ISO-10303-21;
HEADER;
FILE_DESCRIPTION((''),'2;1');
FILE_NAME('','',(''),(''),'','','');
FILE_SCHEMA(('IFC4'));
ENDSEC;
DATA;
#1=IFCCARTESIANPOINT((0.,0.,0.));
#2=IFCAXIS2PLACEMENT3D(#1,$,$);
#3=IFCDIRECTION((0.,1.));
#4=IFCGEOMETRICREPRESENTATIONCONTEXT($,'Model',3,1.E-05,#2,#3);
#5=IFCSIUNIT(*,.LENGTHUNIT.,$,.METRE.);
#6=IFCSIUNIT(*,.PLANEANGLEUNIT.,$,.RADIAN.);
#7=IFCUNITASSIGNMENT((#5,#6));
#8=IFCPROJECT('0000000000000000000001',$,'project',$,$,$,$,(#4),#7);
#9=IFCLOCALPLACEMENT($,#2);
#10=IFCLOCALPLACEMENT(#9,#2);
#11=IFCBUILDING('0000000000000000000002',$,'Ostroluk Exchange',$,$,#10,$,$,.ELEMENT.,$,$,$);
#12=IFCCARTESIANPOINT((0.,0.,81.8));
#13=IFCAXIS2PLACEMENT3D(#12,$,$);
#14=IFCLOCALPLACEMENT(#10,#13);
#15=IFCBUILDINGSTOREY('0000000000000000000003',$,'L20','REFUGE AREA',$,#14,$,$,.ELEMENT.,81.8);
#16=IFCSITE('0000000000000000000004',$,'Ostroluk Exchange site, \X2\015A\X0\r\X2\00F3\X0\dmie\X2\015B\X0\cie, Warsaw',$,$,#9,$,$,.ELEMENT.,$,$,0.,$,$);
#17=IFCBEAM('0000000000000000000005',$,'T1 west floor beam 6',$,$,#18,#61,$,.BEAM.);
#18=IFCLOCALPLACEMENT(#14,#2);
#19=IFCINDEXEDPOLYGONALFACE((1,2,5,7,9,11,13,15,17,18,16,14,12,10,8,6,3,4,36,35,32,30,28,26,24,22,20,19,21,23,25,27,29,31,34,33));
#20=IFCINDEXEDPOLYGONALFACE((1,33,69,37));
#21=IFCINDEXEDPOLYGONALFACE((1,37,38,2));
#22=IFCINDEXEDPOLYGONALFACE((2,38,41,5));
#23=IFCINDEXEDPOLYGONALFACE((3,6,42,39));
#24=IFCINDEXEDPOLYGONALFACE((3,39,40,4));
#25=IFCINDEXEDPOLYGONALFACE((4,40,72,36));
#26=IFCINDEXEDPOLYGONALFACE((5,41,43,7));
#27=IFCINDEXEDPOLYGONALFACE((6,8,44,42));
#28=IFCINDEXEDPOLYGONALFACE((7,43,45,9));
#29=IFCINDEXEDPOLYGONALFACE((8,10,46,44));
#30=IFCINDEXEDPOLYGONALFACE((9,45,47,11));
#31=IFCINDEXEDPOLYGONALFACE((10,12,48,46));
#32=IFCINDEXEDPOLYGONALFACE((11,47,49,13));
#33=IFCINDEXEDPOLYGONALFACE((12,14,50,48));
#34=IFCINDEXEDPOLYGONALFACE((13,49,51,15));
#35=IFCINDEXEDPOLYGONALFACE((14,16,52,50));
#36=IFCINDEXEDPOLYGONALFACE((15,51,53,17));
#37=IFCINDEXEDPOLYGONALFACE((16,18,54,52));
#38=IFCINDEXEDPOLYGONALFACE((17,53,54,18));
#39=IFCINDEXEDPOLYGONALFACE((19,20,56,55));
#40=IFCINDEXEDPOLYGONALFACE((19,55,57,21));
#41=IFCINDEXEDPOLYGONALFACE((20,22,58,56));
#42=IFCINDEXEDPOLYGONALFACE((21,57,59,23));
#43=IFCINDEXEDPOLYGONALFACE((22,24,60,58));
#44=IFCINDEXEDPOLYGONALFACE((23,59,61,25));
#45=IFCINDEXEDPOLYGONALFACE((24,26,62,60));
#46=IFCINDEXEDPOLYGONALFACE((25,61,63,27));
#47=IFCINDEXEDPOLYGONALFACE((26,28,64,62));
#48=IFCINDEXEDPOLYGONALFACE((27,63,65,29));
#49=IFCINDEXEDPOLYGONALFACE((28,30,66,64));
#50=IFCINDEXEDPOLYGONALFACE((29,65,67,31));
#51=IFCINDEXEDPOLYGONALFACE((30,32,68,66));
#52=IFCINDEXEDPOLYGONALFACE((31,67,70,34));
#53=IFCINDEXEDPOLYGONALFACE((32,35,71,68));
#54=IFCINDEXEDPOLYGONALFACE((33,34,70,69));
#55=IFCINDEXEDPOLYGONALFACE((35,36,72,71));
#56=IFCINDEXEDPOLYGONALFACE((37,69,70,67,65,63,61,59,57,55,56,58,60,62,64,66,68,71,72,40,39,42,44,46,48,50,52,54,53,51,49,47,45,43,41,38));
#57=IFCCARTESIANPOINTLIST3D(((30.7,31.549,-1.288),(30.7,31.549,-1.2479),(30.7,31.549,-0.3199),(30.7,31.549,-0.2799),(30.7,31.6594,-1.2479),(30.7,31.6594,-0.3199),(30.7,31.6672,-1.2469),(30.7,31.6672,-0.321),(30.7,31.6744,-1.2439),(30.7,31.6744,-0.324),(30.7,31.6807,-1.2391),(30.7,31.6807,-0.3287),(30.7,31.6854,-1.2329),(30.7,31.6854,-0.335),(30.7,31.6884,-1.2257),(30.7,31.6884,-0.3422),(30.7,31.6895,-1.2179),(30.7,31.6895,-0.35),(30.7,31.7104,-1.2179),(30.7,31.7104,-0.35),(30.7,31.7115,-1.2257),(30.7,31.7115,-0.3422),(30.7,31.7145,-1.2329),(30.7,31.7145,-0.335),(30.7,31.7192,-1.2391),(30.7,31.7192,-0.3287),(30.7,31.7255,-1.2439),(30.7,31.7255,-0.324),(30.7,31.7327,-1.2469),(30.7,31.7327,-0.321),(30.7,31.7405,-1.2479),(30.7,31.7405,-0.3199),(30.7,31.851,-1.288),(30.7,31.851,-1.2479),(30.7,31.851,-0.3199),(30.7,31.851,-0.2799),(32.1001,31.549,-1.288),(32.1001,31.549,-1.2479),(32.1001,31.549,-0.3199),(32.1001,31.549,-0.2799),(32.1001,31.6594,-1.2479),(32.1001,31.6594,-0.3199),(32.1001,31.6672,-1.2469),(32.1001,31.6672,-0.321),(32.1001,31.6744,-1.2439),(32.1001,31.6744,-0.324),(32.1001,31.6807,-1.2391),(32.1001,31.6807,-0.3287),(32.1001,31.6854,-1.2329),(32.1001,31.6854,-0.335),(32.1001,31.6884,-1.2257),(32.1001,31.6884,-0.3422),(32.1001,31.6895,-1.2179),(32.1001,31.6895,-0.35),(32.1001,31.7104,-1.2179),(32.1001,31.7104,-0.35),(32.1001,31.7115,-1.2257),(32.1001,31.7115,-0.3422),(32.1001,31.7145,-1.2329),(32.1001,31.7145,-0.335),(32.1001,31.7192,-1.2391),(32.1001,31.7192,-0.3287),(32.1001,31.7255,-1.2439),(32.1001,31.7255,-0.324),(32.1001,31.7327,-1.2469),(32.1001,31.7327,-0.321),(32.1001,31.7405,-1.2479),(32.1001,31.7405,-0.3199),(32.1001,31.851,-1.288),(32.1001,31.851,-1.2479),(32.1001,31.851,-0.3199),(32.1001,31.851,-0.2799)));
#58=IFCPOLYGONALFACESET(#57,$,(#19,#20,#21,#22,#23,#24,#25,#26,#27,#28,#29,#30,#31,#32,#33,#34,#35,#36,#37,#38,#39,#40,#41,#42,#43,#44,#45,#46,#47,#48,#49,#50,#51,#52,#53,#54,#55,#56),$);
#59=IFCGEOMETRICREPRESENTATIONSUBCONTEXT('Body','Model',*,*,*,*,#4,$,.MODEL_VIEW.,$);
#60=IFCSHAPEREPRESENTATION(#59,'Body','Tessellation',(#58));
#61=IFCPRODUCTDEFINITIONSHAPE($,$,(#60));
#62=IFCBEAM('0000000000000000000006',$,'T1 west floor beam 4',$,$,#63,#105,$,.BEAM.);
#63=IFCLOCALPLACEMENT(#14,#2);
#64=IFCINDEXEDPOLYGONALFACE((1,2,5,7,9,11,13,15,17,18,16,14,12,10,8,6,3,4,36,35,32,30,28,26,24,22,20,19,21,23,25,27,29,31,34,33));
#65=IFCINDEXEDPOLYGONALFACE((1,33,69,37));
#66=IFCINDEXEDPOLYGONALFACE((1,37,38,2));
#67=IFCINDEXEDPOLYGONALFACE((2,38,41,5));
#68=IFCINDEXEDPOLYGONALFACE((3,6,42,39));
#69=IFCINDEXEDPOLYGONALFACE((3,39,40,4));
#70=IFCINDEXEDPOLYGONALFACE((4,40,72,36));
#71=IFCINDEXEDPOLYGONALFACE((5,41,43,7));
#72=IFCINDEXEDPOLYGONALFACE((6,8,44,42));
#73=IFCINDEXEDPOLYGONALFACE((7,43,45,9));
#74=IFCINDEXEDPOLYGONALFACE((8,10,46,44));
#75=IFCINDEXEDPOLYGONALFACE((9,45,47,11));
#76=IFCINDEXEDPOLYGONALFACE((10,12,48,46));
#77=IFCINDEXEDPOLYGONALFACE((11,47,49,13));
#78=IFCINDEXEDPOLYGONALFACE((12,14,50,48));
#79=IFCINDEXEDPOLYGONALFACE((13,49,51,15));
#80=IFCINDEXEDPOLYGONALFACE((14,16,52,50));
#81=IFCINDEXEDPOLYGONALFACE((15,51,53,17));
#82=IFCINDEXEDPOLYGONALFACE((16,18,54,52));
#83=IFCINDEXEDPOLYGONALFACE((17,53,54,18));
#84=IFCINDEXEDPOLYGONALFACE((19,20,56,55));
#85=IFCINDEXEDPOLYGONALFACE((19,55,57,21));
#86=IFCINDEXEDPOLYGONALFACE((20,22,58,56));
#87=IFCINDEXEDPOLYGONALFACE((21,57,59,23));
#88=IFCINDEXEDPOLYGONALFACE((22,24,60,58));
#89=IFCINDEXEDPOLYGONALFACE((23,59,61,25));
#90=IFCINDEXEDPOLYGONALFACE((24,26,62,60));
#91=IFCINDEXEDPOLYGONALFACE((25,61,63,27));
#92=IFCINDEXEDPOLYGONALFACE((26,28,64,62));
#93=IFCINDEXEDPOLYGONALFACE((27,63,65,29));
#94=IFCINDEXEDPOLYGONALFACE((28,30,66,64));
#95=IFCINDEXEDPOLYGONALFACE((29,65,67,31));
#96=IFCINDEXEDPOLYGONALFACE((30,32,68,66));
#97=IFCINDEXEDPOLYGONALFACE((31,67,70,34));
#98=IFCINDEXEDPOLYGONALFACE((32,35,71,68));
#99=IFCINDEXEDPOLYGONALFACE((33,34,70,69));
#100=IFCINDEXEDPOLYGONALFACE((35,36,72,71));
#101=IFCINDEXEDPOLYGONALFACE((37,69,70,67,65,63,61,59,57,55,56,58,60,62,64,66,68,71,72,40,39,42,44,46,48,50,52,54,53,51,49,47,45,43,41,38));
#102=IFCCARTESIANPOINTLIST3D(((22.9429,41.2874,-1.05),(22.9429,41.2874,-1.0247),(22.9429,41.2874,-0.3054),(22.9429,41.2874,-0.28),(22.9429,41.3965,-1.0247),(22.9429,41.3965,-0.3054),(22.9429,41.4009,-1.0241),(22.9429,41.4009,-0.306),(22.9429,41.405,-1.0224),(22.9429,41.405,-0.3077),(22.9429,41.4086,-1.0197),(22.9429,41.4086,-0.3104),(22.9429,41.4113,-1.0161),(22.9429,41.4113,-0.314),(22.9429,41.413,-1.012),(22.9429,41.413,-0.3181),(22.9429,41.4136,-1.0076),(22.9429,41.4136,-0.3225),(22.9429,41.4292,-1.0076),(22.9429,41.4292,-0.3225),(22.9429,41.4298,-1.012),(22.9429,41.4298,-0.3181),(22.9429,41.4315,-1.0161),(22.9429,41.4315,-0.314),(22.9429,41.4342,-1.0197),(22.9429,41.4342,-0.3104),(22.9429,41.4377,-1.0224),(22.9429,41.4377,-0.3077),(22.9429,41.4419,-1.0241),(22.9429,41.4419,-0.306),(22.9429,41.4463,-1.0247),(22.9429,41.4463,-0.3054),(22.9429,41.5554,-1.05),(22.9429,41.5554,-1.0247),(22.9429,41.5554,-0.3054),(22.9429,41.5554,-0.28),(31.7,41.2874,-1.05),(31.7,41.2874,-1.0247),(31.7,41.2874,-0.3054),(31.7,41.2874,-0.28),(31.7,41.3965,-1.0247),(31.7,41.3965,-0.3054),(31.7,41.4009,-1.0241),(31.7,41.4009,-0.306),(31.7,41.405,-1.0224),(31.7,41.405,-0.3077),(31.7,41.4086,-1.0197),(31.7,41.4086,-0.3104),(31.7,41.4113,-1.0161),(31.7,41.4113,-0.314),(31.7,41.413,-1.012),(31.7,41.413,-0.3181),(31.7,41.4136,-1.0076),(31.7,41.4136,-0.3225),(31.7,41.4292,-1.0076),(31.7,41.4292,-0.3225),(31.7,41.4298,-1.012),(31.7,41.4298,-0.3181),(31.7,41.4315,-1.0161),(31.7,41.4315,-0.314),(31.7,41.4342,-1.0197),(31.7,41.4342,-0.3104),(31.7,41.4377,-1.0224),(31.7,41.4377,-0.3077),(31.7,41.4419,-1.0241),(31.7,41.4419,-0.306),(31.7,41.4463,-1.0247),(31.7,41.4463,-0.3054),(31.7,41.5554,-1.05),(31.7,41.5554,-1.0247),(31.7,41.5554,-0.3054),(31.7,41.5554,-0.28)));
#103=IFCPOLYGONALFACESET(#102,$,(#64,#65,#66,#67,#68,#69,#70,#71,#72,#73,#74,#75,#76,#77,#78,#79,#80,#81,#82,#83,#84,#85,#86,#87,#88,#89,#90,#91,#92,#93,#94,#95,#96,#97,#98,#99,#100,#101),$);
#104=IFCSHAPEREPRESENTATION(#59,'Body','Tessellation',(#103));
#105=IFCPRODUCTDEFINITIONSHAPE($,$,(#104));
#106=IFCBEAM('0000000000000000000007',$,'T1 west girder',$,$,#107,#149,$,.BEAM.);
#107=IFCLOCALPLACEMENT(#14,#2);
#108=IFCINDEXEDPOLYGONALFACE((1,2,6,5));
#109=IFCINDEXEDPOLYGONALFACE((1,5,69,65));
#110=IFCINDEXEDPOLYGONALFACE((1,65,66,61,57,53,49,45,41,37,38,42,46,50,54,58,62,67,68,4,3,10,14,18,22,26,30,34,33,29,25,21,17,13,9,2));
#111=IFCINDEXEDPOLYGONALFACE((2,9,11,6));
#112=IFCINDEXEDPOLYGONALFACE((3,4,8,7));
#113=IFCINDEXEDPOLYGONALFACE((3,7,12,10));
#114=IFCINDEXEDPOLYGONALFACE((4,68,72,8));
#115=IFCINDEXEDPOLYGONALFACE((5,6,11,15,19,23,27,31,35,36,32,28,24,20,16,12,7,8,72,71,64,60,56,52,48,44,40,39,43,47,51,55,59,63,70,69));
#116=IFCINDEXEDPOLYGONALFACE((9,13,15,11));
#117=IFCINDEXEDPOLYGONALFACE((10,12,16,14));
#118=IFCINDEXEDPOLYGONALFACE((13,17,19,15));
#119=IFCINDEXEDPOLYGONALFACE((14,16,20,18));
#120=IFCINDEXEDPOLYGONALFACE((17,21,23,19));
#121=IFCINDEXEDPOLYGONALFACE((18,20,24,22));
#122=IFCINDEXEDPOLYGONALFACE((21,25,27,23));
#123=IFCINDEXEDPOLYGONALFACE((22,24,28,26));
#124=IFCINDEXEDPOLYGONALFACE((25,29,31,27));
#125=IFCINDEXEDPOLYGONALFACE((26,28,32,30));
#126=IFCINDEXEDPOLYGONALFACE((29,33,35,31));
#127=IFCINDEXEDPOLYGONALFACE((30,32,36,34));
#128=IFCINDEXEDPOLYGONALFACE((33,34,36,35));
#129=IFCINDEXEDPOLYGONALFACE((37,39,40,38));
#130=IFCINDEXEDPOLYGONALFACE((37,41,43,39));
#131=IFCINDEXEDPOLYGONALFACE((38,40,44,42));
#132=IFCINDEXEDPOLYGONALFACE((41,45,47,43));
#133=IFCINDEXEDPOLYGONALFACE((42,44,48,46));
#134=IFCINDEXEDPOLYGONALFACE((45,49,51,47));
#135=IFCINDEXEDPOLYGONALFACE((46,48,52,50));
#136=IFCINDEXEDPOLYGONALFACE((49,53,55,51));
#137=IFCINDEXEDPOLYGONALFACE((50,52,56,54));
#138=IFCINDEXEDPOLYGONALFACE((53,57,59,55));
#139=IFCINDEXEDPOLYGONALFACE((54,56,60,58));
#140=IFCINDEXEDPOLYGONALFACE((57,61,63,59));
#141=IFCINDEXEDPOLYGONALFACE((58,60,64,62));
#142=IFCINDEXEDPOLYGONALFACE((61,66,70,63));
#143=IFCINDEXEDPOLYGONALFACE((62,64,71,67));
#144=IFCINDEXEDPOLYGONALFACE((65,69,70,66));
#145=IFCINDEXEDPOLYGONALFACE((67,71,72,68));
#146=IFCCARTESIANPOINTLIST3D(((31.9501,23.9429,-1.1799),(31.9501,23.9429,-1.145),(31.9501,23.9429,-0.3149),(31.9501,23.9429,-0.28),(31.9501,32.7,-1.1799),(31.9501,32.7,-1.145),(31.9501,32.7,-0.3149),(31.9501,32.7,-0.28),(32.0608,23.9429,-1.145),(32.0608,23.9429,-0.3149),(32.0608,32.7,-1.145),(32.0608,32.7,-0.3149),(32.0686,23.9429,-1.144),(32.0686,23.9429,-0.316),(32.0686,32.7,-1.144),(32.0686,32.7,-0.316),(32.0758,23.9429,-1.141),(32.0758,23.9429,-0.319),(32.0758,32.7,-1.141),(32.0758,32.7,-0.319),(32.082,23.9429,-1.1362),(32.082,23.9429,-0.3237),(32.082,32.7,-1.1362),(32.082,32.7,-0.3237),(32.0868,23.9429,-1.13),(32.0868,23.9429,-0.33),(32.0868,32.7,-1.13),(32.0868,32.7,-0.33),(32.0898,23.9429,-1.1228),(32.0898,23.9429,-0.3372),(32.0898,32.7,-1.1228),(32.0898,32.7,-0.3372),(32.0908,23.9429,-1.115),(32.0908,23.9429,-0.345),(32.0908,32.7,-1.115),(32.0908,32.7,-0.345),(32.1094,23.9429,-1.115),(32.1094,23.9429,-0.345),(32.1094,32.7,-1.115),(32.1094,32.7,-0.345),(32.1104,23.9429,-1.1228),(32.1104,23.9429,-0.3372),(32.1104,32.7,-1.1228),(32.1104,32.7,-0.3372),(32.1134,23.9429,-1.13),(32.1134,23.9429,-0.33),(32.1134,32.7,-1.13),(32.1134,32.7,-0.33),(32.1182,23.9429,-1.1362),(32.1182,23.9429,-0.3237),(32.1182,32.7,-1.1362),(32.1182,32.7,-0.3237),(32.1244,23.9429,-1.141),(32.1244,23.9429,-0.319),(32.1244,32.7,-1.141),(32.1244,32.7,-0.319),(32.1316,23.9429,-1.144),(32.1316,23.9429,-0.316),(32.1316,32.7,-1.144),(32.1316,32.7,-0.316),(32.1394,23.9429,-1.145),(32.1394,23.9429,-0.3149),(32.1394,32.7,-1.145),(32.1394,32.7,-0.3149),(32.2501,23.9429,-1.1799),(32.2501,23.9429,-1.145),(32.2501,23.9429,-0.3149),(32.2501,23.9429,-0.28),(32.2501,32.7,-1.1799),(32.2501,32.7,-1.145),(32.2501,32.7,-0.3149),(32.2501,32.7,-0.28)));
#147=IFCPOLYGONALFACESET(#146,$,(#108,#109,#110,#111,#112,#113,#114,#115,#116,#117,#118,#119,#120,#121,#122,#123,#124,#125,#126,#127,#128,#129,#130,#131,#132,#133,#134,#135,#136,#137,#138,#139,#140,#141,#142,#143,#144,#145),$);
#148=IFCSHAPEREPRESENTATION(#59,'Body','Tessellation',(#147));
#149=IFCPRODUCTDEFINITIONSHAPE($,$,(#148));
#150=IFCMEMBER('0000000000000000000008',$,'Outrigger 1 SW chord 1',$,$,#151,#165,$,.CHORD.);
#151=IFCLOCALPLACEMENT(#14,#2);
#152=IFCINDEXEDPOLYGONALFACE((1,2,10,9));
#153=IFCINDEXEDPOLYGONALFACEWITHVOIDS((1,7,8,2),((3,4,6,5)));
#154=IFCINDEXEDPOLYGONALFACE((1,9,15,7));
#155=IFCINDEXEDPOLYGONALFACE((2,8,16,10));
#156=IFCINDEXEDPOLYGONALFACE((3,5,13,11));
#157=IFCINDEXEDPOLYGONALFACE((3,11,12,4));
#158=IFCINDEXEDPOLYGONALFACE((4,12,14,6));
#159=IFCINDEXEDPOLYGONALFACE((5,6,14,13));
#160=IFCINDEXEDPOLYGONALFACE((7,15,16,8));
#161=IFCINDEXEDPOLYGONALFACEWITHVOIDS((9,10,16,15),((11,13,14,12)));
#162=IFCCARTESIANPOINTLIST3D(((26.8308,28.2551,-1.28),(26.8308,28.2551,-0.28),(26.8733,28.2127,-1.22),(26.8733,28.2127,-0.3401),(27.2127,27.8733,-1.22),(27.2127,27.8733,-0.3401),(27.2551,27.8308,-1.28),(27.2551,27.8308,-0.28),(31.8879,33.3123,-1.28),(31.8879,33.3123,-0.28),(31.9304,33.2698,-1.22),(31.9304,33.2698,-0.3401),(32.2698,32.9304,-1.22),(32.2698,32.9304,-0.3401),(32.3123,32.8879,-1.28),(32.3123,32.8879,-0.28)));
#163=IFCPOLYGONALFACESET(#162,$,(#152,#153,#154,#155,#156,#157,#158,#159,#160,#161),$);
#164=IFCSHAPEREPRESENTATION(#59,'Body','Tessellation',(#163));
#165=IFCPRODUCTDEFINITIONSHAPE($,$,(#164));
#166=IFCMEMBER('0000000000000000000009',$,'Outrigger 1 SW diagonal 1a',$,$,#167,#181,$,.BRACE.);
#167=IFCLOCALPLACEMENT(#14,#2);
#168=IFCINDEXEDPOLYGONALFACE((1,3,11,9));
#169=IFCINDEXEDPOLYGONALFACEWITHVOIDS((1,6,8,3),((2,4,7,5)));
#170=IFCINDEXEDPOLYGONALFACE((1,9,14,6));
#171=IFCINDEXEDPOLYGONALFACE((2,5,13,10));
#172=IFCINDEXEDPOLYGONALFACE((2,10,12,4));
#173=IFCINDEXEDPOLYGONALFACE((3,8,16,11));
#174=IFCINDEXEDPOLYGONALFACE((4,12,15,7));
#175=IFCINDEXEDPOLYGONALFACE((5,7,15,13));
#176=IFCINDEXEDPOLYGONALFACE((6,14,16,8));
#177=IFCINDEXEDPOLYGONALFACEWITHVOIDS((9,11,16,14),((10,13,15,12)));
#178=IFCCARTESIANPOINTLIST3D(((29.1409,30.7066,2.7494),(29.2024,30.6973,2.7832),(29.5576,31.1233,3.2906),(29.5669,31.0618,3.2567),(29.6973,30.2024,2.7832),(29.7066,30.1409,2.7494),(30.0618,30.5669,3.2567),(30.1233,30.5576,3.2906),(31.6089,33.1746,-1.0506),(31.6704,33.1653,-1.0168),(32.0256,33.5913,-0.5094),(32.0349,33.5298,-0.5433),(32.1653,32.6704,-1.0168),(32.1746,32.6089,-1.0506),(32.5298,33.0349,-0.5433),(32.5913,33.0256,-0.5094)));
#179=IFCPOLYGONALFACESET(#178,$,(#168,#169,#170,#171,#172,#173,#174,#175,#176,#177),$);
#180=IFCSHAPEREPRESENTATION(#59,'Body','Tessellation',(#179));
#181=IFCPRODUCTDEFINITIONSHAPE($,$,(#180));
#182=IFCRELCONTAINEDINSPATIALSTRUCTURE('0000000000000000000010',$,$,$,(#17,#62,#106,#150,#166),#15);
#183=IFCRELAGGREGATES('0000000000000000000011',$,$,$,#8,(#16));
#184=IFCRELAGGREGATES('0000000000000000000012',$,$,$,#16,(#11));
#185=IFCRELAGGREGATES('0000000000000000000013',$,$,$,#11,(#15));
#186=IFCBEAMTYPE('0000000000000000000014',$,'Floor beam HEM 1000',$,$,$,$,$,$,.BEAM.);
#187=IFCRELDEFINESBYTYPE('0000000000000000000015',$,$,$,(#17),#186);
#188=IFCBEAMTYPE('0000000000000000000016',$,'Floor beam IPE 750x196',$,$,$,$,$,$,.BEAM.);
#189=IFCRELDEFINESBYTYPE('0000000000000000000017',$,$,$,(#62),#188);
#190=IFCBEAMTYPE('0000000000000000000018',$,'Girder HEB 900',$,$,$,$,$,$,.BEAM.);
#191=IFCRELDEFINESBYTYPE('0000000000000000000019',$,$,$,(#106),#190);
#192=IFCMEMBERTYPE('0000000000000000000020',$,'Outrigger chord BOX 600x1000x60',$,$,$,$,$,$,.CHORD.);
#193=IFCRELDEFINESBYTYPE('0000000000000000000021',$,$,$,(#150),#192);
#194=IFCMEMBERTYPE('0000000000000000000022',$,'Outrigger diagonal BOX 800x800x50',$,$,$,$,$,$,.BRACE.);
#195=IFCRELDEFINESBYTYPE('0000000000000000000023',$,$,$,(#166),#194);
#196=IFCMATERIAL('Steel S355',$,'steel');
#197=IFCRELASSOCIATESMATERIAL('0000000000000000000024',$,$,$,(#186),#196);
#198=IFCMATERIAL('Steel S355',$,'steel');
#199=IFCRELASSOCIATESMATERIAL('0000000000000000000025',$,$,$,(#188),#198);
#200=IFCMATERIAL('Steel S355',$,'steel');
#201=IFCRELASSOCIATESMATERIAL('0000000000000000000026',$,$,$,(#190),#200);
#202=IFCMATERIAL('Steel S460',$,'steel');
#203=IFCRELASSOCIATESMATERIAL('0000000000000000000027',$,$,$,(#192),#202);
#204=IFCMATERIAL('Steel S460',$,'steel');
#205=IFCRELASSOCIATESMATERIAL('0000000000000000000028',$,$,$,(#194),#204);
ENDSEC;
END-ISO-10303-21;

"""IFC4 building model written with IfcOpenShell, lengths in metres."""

from ifc_helpers import new_model, si_unit, direction, frame, origin, origin_2d, place, context, subcontext, project, spatial, hollow_rectangle, i_section, extrude, material, material_profile, profile_set, type_object, element, save


model = new_model("IFC4")

# Units and contexts
model_context = context("Model", 3, precision=1e-05, world=origin(), true_north=direction((0.0, 1.0)))
body_context = subcontext(model_context, "Body", "Model", "MODEL_VIEW")
ifc_project = project(units=[si_unit("LENGTHUNIT", "METRE"), si_unit("PLANEANGLEUNIT", "RADIAN")], contexts=[model_context])

# Site, building, storey
site_placement = place(None, origin())
site = spatial("IfcSite", under=ifc_project, at=site_placement, Name="Ostroluk Exchange site, Śródmieście, Warsaw", CompositionType="ELEMENT", RefElevation=0.0)
building_placement = place(site_placement, origin())
building = spatial("IfcBuilding", under=site, at=building_placement, Name="Ostroluk Exchange", CompositionType="ELEMENT")
storey_placement = place(building_placement, frame((0.0, 0.0, 81.8)))
storey = spatial("IfcBuildingStorey", under=building, at=storey_placement, Name="L20", Description="REFUGE AREA", CompositionType="ELEMENT", Elevation=81.8)

# Beams
ifc_material_1 = material(Name="Steel S355", Category="steel")
ifc_material_profile_1 = material_profile(ifc_material_1, i_section(OverallWidth=0.302, OverallDepth=1.0081, WebThickness=0.021, FlangeThickness=0.04, FilletRadius=0.03, at=origin_2d()), Name="HEM 1000")
ifc_profile_set_1 = profile_set([ifc_material_profile_1], Name="Steel S355")
beam_type_1 = type_object("IfcBeamType", Name="Floor beam HEM 1000", PredefinedType="BEAM", material=ifc_profile_set_1)
beam_1_placement = place(storey_placement, frame((32.1001, 31.7, -0.7839), z_axis=(-1.0, 0.0, 0.0), x_axis=(0.0, -1.0, 0.0)))
element("IfcBeam", 1, at=beam_1_placement, inside=storey, type_object=beam_type_1, Name="T1 west floor beam 6", PredefinedType="BEAM", context=body_context, shape_type="SweptSolid", body=[
    extrude(i_section(OverallWidth=0.302, OverallDepth=1.0081, WebThickness=0.021, FlangeThickness=0.04, FilletRadius=0.03, at=origin_2d()), origin(), (0.0, 0.0, 1.0), 1.4001),
])
ifc_material_2 = material(Name="Steel S355", Category="steel")
ifc_material_profile_2 = material_profile(ifc_material_2, i_section(OverallWidth=0.2681, OverallDepth=0.77, WebThickness=0.0156, FlangeThickness=0.0254, FilletRadius=0.0171, at=origin_2d()), Name="IPE 750x196")
ifc_profile_set_2 = profile_set([ifc_material_profile_2], Name="Steel S355")
beam_type_2 = type_object("IfcBeamType", Name="Floor beam IPE 750x196", PredefinedType="BEAM", material=ifc_profile_set_2)
beam_2_placement = place(storey_placement, frame((31.7, 41.4214, -0.665), z_axis=(-1.0, 0.0, 0.0), x_axis=(0.0, -1.0, 0.0)))
element("IfcBeam", 2, at=beam_2_placement, inside=storey, type_object=beam_type_2, Name="T1 west floor beam 4", PredefinedType="BEAM", context=body_context, shape_type="SweptSolid", body=[
    extrude(i_section(OverallWidth=0.2681, OverallDepth=0.77, WebThickness=0.0156, FlangeThickness=0.0254, FilletRadius=0.0171, at=origin_2d()), origin(), (0.0, 0.0, 1.0), 8.7571),
])
ifc_material_3 = material(Name="Steel S355", Category="steel")
ifc_material_profile_3 = material_profile(ifc_material_3, i_section(OverallWidth=0.3, OverallDepth=0.8999, WebThickness=0.0186, FlangeThickness=0.0349, FilletRadius=0.03, at=origin_2d()), Name="HEB 900")
ifc_profile_set_3 = profile_set([ifc_material_profile_3], Name="Steel S355")
beam_type_3 = type_object("IfcBeamType", Name="Girder HEB 900", PredefinedType="BEAM", material=ifc_profile_set_3)
beam_3_placement = place(storey_placement, frame((32.1001, 32.7, -0.73), z_axis=(0.0, -1.0, 0.0), x_axis=(1.0, 0.0, 0.0)))
element("IfcBeam", 3, at=beam_3_placement, inside=storey, type_object=beam_type_3, Name="T1 west girder", PredefinedType="BEAM", context=body_context, shape_type="SweptSolid", body=[
    extrude(i_section(OverallWidth=0.3, OverallDepth=0.8999, WebThickness=0.0186, FlangeThickness=0.0349, FilletRadius=0.03, at=origin_2d()), origin(), (0.0, 0.0, 1.0), 8.7571),
])

# Members
ifc_material_4 = material(Name="Steel S460", Category="steel")
ifc_material_profile_4 = material_profile(ifc_material_4, hollow_rectangle(XDim=0.6001, YDim=1.0, WallThickness=0.0601, at=origin_2d()), Name="BOX 600x1000x60")
ifc_profile_set_4 = profile_set([ifc_material_profile_4], Name="Steel S460")
member_type_1 = type_object("IfcMemberType", Name="Outrigger chord BOX 600x1000x60", PredefinedType="CHORD", material=ifc_profile_set_4)
member_1_placement = place(storey_placement, frame((32.1001, 33.1001, -0.78), z_axis=(-0.707107, -0.707107, 0.0), x_axis=(0.707107, -0.707107, 0.0)))
element("IfcMember", 4, at=member_1_placement, inside=storey, type_object=member_type_1, Name="Outrigger 1 SW chord 1", PredefinedType="CHORD", context=body_context, shape_type="SweptSolid", body=[
    extrude(hollow_rectangle(XDim=0.6001, YDim=1.0, WallThickness=0.0601, at=origin_2d()), origin(), (0.0, 0.0, 1.0), 7.1519),
])
ifc_material_5 = material(Name="Steel S460", Category="steel")
ifc_material_profile_5 = material_profile(ifc_material_5, hollow_rectangle(XDim=0.8, YDim=0.8, WallThickness=0.05, at=origin_2d()), Name="BOX 800x800x50")
ifc_profile_set_5 = profile_set([ifc_material_profile_5], Name="Steel S460")
member_type_2 = type_object("IfcMemberType", Name="Outrigger diagonal BOX 800x800x50", PredefinedType="BRACE", material=ifc_profile_set_5)
member_2_placement = place(storey_placement, frame((32.1001, 33.1001, -0.78), z_axis=(-0.478325, -0.478325, 0.736485), x_axis=(0.707107, -0.707107, 0.0)))
element("IfcMember", 5, at=member_2_placement, inside=storey, type_object=member_type_2, Name="Outrigger 1 SW diagonal 1a", PredefinedType="BRACE", context=body_context, shape_type="SweptSolid", body=[
    extrude(hollow_rectangle(XDim=0.8, YDim=0.8, WallThickness=0.05, at=origin_2d()), origin(), (0.0, 0.0, 1.0), 5.1597),
])

save(model, "model.ifc")
